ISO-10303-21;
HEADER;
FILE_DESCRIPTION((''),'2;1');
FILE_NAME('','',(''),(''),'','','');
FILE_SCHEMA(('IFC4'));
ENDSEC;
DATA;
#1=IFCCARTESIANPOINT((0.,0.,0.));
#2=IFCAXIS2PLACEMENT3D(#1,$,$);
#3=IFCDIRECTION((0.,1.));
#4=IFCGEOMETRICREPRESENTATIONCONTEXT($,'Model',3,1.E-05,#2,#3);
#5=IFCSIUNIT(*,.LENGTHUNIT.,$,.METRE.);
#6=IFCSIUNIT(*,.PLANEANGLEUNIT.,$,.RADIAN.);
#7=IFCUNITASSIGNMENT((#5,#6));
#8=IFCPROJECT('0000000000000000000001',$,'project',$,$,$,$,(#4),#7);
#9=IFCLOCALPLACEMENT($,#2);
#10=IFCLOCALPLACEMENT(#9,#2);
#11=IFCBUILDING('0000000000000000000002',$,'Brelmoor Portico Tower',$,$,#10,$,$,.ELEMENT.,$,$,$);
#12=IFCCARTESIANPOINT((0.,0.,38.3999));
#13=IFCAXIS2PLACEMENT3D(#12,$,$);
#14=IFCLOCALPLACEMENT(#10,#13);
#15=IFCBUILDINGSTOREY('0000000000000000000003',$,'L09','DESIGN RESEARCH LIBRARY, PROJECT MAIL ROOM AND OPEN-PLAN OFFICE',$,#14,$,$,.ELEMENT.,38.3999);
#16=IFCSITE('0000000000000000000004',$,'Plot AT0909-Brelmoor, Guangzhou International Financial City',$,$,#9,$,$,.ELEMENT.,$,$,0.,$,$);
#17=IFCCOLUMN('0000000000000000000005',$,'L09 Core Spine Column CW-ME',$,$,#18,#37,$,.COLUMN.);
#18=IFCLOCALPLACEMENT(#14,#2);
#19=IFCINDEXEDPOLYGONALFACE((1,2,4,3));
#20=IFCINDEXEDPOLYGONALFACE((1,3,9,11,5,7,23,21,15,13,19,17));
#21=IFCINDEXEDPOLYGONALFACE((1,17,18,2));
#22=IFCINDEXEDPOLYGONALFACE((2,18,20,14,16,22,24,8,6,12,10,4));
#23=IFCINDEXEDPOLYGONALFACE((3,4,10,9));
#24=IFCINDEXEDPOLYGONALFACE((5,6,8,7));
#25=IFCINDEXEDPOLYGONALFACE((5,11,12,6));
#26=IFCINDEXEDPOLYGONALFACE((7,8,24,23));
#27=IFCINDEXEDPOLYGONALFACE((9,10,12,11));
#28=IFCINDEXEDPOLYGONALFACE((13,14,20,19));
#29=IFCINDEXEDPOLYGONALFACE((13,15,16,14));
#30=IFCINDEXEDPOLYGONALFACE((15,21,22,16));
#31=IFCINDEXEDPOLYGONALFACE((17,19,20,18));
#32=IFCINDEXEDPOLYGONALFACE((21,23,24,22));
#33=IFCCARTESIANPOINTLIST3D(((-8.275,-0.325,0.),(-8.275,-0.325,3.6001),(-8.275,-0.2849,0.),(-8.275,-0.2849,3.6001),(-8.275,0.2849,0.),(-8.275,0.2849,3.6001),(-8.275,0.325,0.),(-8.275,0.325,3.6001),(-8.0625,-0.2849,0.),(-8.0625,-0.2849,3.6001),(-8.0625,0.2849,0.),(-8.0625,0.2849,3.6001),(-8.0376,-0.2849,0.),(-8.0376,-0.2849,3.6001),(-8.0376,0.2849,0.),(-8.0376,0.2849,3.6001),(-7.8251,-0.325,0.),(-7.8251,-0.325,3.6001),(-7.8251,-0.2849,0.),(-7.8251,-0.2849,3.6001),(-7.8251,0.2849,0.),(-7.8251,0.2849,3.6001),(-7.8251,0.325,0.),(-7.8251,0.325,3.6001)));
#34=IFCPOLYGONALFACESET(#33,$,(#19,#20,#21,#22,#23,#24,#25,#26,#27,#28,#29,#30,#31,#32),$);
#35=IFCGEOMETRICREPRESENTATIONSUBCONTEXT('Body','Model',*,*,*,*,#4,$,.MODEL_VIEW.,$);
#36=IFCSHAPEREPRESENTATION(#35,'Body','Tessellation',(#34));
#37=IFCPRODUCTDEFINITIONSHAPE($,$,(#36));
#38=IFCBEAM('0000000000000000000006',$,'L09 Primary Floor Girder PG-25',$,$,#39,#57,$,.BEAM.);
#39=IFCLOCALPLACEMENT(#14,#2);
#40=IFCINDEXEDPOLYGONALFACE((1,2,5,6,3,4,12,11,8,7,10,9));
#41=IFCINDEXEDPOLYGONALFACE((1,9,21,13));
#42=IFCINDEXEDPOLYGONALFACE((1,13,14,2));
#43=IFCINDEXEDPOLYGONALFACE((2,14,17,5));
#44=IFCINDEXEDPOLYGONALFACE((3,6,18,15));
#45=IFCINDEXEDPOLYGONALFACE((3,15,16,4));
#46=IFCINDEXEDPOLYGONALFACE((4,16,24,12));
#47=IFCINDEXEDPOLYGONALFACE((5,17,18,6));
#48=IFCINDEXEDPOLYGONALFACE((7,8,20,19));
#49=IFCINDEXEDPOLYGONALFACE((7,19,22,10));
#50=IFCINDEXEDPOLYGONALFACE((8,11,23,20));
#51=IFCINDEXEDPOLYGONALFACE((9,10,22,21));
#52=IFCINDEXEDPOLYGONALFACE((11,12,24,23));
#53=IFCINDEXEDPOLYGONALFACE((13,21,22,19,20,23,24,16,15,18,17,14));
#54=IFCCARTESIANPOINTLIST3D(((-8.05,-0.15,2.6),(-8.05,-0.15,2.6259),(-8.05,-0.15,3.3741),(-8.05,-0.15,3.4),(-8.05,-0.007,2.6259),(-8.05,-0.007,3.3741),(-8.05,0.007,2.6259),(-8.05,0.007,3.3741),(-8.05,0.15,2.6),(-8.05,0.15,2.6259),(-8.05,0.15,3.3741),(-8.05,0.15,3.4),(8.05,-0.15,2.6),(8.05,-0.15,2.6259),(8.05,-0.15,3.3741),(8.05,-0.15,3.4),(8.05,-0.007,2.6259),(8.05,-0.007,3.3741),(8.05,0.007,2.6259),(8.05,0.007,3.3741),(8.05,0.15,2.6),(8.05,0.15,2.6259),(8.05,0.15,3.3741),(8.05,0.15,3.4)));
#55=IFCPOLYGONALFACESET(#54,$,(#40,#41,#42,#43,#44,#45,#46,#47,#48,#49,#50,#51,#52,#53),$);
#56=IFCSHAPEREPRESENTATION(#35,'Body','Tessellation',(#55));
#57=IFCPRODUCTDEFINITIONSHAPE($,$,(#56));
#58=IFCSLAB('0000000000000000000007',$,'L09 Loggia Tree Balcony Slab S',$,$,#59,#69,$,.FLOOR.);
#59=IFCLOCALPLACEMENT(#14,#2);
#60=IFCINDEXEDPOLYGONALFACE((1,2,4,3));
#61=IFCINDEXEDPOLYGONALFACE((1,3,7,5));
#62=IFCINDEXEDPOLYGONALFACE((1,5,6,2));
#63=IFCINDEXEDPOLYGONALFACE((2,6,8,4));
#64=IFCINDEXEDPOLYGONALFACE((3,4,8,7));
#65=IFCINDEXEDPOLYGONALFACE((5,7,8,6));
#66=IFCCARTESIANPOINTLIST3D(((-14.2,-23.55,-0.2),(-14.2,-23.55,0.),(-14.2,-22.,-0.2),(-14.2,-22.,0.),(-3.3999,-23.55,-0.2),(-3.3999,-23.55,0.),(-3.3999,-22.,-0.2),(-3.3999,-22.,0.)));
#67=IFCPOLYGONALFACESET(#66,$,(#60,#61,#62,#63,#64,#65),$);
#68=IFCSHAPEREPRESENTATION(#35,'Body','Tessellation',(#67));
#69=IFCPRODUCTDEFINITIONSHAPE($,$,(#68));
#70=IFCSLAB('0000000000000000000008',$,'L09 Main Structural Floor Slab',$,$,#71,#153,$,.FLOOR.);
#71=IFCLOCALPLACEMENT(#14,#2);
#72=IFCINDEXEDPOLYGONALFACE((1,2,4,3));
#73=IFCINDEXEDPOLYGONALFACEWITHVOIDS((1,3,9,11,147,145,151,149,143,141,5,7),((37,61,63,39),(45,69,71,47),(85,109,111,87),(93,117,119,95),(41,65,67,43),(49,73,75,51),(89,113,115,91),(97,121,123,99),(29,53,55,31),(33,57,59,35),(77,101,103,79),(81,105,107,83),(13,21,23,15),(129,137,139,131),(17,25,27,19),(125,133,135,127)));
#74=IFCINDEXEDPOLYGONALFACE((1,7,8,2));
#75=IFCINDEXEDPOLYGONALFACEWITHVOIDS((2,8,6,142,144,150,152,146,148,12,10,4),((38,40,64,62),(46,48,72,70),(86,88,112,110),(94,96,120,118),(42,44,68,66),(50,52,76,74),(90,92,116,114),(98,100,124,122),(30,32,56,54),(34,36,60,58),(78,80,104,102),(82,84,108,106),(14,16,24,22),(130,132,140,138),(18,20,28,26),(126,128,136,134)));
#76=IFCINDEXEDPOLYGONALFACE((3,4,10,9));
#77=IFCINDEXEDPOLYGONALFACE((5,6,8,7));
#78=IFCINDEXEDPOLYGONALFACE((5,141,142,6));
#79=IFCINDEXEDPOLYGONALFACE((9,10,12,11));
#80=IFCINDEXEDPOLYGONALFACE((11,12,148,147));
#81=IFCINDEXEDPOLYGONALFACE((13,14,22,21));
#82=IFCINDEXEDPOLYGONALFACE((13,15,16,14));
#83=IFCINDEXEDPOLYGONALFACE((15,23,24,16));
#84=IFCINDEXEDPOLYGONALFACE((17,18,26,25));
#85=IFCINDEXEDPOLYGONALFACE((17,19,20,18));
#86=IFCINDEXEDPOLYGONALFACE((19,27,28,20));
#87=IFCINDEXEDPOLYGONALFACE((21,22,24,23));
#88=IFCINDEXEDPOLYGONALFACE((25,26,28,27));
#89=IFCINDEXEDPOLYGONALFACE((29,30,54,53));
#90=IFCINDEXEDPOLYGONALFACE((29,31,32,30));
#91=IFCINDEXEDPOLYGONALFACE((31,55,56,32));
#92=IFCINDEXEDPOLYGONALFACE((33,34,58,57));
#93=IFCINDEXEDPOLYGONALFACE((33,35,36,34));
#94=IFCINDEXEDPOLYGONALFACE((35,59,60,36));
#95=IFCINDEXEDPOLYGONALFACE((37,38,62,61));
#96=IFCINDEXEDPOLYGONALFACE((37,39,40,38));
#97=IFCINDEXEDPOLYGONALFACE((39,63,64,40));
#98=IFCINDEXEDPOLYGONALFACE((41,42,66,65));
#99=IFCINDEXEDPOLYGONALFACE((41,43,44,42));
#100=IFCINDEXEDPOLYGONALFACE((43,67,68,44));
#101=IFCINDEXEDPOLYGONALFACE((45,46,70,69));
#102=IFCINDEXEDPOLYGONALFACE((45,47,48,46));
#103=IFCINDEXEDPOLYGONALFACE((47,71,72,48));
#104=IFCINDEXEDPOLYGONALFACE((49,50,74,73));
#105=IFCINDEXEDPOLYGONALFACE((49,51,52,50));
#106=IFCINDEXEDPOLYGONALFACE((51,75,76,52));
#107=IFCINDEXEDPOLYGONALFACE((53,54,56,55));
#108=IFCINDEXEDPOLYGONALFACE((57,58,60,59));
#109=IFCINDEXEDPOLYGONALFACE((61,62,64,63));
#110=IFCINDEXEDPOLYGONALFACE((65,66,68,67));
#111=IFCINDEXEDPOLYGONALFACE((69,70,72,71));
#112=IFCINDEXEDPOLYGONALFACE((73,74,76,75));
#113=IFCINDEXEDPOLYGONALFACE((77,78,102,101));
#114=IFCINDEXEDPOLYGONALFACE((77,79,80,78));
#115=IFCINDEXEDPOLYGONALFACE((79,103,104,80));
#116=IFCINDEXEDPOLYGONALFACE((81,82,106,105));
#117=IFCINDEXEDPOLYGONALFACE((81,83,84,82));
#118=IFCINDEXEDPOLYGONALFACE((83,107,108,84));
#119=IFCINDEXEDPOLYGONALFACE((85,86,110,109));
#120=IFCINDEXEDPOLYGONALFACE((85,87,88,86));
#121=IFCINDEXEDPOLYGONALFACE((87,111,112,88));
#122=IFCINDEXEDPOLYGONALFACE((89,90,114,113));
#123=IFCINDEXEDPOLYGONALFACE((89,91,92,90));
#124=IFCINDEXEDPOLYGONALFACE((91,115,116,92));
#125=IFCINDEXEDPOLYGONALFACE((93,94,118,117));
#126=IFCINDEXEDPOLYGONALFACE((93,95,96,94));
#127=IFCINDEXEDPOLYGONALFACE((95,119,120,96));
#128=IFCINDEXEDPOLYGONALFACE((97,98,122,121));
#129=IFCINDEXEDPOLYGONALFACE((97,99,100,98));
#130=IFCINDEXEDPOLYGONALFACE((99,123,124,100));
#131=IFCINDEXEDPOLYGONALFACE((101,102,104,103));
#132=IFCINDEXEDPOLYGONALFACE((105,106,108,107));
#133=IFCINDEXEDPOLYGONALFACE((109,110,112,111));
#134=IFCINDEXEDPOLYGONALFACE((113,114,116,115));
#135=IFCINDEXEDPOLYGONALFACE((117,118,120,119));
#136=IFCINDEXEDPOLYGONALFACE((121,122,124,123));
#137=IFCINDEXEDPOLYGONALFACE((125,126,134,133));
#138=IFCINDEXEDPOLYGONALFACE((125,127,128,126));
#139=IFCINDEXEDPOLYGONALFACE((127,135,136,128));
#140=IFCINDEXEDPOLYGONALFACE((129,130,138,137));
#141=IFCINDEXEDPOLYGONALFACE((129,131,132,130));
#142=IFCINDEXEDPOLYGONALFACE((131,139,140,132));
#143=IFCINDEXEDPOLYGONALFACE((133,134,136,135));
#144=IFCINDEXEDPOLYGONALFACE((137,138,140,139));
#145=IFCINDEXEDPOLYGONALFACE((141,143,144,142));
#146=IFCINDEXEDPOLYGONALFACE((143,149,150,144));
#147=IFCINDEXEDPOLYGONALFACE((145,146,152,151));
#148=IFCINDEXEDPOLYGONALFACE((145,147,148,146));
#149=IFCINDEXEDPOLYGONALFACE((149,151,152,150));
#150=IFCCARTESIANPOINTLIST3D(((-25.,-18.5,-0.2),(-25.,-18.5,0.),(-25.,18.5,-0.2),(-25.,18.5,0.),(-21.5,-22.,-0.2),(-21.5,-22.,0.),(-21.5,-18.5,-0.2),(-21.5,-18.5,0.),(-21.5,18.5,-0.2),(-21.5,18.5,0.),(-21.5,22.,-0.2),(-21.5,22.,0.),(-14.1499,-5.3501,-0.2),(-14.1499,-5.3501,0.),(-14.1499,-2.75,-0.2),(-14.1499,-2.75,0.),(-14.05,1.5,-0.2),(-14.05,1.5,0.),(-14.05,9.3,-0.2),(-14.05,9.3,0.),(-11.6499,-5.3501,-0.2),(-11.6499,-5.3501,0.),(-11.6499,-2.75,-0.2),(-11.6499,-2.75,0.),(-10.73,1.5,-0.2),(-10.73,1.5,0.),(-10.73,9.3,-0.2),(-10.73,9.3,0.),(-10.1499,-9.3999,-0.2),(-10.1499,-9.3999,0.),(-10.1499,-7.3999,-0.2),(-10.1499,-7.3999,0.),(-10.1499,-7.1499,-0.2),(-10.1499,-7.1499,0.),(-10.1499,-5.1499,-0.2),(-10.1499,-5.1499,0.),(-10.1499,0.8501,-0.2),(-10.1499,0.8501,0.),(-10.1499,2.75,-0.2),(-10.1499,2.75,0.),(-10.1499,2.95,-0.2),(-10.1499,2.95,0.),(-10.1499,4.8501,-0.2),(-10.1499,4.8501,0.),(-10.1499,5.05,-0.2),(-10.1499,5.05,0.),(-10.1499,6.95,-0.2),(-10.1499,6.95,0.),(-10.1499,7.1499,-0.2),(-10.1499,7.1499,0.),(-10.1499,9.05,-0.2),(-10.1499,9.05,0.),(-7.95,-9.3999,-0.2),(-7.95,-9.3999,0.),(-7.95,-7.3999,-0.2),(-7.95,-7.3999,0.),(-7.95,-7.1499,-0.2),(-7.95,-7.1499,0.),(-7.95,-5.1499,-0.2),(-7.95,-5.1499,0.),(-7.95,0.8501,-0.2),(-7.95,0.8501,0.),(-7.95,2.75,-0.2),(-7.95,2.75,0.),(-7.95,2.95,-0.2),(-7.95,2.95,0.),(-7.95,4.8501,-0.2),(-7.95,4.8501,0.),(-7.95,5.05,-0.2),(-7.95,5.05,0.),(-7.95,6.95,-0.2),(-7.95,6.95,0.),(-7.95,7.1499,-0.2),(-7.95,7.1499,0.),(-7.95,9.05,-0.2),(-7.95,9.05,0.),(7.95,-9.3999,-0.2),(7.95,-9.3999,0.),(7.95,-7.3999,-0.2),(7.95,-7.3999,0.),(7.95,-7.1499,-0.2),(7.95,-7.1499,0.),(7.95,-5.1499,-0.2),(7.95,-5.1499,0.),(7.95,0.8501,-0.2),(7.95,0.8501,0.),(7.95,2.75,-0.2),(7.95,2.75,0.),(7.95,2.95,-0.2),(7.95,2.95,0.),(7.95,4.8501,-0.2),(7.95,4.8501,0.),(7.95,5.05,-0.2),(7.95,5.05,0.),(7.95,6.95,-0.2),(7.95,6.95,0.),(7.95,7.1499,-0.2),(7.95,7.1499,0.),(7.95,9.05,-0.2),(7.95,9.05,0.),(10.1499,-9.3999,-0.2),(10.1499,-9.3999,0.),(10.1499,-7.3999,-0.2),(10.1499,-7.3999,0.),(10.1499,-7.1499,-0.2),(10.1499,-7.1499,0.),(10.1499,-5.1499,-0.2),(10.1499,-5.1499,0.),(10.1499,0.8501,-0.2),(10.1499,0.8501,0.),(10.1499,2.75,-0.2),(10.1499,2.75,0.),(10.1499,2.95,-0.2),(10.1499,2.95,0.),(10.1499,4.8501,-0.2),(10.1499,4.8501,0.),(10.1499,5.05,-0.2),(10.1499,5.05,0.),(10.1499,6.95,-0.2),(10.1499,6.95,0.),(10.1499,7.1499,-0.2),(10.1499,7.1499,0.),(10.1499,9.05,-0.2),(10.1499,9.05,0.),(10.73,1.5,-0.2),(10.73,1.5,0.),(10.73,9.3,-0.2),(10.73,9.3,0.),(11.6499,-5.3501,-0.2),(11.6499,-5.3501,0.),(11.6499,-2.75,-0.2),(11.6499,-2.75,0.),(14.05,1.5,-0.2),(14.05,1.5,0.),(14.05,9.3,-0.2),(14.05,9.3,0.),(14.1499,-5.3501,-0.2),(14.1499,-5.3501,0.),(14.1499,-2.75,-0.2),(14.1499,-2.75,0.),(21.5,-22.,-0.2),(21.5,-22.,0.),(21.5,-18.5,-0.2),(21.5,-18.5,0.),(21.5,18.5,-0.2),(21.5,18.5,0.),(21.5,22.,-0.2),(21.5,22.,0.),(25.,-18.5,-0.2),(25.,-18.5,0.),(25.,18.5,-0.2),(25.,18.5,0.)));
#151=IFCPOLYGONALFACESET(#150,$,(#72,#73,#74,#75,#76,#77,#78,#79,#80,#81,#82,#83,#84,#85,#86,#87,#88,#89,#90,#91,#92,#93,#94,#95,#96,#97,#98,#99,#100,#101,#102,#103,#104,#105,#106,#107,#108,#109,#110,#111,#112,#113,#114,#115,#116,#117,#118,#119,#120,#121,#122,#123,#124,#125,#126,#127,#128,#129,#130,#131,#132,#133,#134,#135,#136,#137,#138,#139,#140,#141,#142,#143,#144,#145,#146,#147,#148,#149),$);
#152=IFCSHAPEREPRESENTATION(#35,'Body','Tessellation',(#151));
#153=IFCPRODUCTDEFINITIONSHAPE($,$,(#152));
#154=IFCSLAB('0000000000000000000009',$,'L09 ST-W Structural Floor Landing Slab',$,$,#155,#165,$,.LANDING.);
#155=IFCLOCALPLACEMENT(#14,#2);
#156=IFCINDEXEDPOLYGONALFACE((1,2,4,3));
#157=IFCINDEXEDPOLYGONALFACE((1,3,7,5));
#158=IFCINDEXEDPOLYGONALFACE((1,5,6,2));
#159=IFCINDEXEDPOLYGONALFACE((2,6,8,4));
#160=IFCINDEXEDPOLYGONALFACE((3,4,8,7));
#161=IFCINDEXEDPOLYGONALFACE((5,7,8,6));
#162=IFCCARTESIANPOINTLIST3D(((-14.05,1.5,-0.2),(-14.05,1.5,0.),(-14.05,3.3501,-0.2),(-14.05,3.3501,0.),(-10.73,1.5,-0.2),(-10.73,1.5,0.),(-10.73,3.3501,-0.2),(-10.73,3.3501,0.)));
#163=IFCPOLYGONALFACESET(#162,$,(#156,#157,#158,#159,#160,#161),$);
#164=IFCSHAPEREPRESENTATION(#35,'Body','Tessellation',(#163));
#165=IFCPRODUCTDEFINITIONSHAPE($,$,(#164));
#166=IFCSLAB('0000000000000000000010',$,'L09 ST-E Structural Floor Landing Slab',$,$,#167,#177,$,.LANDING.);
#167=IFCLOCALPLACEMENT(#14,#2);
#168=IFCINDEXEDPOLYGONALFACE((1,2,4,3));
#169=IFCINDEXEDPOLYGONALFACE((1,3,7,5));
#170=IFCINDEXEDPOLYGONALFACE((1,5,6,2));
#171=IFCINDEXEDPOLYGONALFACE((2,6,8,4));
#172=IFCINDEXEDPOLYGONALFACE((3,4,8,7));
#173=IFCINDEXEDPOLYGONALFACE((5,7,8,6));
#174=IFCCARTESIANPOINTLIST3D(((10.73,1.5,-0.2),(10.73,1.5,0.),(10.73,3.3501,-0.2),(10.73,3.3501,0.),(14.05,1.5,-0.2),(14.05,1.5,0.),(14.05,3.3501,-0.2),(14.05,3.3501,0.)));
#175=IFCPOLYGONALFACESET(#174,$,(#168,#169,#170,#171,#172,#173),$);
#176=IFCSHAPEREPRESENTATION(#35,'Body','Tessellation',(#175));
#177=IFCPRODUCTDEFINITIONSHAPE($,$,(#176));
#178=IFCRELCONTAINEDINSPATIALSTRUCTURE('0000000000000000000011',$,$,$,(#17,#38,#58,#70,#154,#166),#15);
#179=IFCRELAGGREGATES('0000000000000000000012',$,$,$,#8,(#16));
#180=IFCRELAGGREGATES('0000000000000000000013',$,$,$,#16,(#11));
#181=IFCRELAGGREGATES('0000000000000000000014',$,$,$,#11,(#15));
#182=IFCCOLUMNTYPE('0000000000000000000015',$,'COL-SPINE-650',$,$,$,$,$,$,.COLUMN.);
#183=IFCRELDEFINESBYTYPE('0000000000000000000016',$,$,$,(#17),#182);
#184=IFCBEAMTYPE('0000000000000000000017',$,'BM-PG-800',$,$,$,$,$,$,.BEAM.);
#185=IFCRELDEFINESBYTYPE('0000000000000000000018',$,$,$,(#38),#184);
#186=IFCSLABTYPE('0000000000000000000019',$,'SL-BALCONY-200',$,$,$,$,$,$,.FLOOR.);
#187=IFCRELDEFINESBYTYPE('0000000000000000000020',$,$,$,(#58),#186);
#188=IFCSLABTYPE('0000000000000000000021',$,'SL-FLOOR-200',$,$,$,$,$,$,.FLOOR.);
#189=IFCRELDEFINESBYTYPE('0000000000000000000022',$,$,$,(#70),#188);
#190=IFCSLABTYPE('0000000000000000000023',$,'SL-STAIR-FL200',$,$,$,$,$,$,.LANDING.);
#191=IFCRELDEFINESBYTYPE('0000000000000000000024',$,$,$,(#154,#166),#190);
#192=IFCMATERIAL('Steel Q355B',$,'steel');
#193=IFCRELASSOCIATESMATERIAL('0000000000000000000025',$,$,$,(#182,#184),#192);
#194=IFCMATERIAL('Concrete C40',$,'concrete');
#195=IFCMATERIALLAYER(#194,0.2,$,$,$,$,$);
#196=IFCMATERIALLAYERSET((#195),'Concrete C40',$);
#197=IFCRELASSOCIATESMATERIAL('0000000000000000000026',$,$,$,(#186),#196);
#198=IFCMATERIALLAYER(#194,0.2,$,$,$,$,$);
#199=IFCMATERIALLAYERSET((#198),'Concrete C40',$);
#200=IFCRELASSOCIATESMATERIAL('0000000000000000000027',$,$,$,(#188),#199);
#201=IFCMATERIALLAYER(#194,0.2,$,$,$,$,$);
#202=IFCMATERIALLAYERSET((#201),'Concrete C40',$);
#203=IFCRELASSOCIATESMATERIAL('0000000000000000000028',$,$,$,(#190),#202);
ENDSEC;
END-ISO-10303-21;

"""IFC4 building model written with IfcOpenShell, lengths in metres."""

from ifc_helpers import new_model, si_unit, direction, frame, origin, origin_2d, place, context, subcontext, project, spatial, polyline, i_section, outline, extrude, material, layer, layer_set, material_profile, profile_set, type_object, element, save


model = new_model("IFC4")

# Units and contexts
model_context = context("Model", 3, precision=1e-05, world=origin(), true_north=direction((0.0, 1.0)))
body_context = subcontext(model_context, "Body", "Model", "MODEL_VIEW")
ifc_project = project(units=[si_unit("LENGTHUNIT", "METRE"), si_unit("PLANEANGLEUNIT", "RADIAN")], contexts=[model_context])

# Site, building, storey
site_placement = place(None, origin())
site = spatial("IfcSite", under=ifc_project, at=site_placement, Name="Plot AT0909-Brelmoor, Guangzhou International Financial City", CompositionType="ELEMENT", RefElevation=0.0)
building_placement = place(site_placement, origin())
building = spatial("IfcBuilding", under=site, at=building_placement, Name="Brelmoor Portico Tower", CompositionType="ELEMENT")
storey_placement = place(building_placement, frame((0.0, 0.0, 38.3999)))
storey = spatial("IfcBuildingStorey", under=building, at=storey_placement, Name="L09", Description="DESIGN RESEARCH LIBRARY, PROJECT MAIL ROOM AND OPEN-PLAN OFFICE", CompositionType="ELEMENT", Elevation=38.3999)

# Column
ifc_material_1 = material(Name="Steel Q355B", Category="steel")
ifc_material_profile_1 = material_profile(ifc_material_1, i_section(OverallWidth=0.45, OverallDepth=0.6499, WebThickness=0.0249, FlangeThickness=0.04, at=origin_2d()), Name="HW 650x450x25x40")
ifc_profile_set_1 = profile_set([ifc_material_profile_1], Name="Steel Q355B")
column_type = type_object("IfcColumnType", Name="COL-SPINE-650", PredefinedType="COLUMN", material=ifc_profile_set_1)
column_placement = place(storey_placement, frame((-8.05, 0.0, 0.0), z_axis=(0.0, 0.0, 1.0), x_axis=(1.0, 0.0, 0.0)))
element("IfcColumn", 1, at=column_placement, inside=storey, type_object=column_type, Name="L09 Core Spine Column CW-ME", PredefinedType="COLUMN", context=body_context, shape_type="SweptSolid", body=[
    extrude(i_section(OverallWidth=0.45, OverallDepth=0.6499, WebThickness=0.0249, FlangeThickness=0.04, at=origin_2d()), origin(), (0.0, 0.0, 1.0), 3.6001),
])

# Beam
ifc_material_profile_2 = material_profile(ifc_material_1, i_section(OverallWidth=0.3, OverallDepth=0.8, WebThickness=0.0139, FlangeThickness=0.0259, at=origin_2d()), Name="HN 800x300x14x26")
ifc_profile_set_2 = profile_set([ifc_material_profile_2], Name="Steel Q355B")
beam_type = type_object("IfcBeamType", Name="BM-PG-800", PredefinedType="BEAM", material=ifc_profile_set_2)
beam_placement = place(storey_placement, frame((-8.05, 0.0, 3.0), z_axis=(1.0, 0.0, 0.0), x_axis=(0.0, 1.0, 0.0)))
element("IfcBeam", 2, at=beam_placement, inside=storey, type_object=beam_type, Name="L09 Primary Floor Girder PG-25", PredefinedType="BEAM", context=body_context, shape_type="SweptSolid", body=[
    extrude(i_section(OverallWidth=0.3, OverallDepth=0.8, WebThickness=0.0139, FlangeThickness=0.0259, at=origin_2d()), origin(), (0.0, 0.0, 1.0), 16.1001),
])

# Slabs
ifc_material_2 = material(Name="Concrete C40", Category="concrete")
ifc_layer_1 = layer(ifc_material_2, 0.2)
ifc_layer_set_1 = layer_set([ifc_layer_1], Name="Concrete C40")
slab_type_1 = type_object("IfcSlabType", Name="SL-BALCONY-200", PredefinedType="FLOOR", material=ifc_layer_set_1)
slab_1_placement = place(storey_placement, frame((0.0, 0.0, -0.2)))
element("IfcSlab", 3, at=slab_1_placement, inside=storey, type_object=slab_type_1, Name="L09 Loggia Tree Balcony Slab S", PredefinedType="FLOOR", context=body_context, shape_type="SweptSolid", body=[
    extrude(outline(polyline([(-14.2, -23.55), (-3.3999, -23.55), (-3.3999, -22.0), (-14.2, -22.0), (-14.2, -23.55)])), origin(), (0.0, 0.0, 1.0), 0.2),
])
ifc_layer_2 = layer(ifc_material_2, 0.2)
ifc_layer_set_2 = layer_set([ifc_layer_2], Name="Concrete C40")
slab_type_2 = type_object("IfcSlabType", Name="SL-FLOOR-200", PredefinedType="FLOOR", material=ifc_layer_set_2)
slab_2_placement = place(storey_placement, frame((0.0, 0.0, -0.2)))
element("IfcSlab", 4, at=slab_2_placement, inside=storey, type_object=slab_type_2, Name="L09 Main Structural Floor Slab", PredefinedType="FLOOR", context=body_context, shape_type="SweptSolid", body=[
    extrude(outline(polyline([(-21.5, -22.0), (21.5, -22.0), (21.5, -18.5), (25.0, -18.5), (25.0, 18.5), (21.5, 18.5), (21.5, 22.0), (-21.5, 22.0), (-21.5, 18.5), (-25.0, 18.5), (-25.0, -18.5), (-21.5, -18.5), (-21.5, -22.0)]), holes=[polyline([(-10.73, 1.5), (-10.73, 9.3), (-14.05, 9.3), (-14.05, 1.5), (-10.73, 1.5)]), polyline([(14.05, 1.5), (14.05, 9.3), (10.73, 9.3), (10.73, 1.5), (14.05, 1.5)]), polyline([(-10.1499, 0.8501), (-7.95, 0.8501), (-7.95, 2.75), (-10.1499, 2.75), (-10.1499, 0.8501)]), polyline([(-10.1499, 2.95), (-7.95, 2.95), (-7.95, 4.8501), (-10.1499, 4.8501), (-10.1499, 2.95)]), polyline([(-10.1499, 5.05), (-7.95, 5.05), (-7.95, 6.95), (-10.1499, 6.95), (-10.1499, 5.05)]), polyline([(-10.1499, 7.1499), (-7.95, 7.1499), (-7.95, 9.05), (-10.1499, 9.05), (-10.1499, 7.1499)]), polyline([(7.95, 0.8501), (10.1499, 0.8501), (10.1499, 2.75), (7.95, 2.75), (7.95, 0.8501)]), polyline([(7.95, 2.95), (10.1499, 2.95), (10.1499, 4.8501), (7.95, 4.8501), (7.95, 2.95)]), polyline([(7.95, 5.05), (10.1499, 5.05), (10.1499, 6.95), (7.95, 6.95), (7.95, 5.05)]), polyline([(7.95, 7.1499), (10.1499, 7.1499), (10.1499, 9.05), (7.95, 9.05), (7.95, 7.1499)]), polyline([(-10.1499, -9.3999), (-7.95, -9.3999), (-7.95, -7.3999), (-10.1499, -7.3999), (-10.1499, -9.3999)]), polyline([(-10.1499, -7.1499), (-7.95, -7.1499), (-7.95, -5.1499), (-10.1499, -5.1499), (-10.1499, -7.1499)]), polyline([(7.95, -9.3999), (10.1499, -9.3999), (10.1499, -7.3999), (7.95, -7.3999), (7.95, -9.3999)]), polyline([(7.95, -7.1499), (10.1499, -7.1499), (10.1499, -5.1499), (7.95, -5.1499), (7.95, -7.1499)]), polyline([(-14.1499, -5.3501), (-11.6499, -5.3501), (-11.6499, -2.75), (-14.1499, -2.75), (-14.1499, -5.3501)]), polyline([(11.6499, -5.3501), (14.1499, -5.3501), (14.1499, -2.75), (11.6499, -2.75), (11.6499, -5.3501)])]), origin(), (0.0, 0.0, 1.0), 0.2),
])
ifc_layer_3 = layer(ifc_material_2, 0.2)
ifc_layer_set_3 = layer_set([ifc_layer_3], Name="Concrete C40")
slab_type_3 = type_object("IfcSlabType", Name="SL-STAIR-FL200", PredefinedType="LANDING", material=ifc_layer_set_3)
slab_3_placement = place(storey_placement, frame((0.0, 0.0, -0.2)))
element("IfcSlab", 5, at=slab_3_placement, inside=storey, type_object=slab_type_3, Name="L09 ST-W Structural Floor Landing Slab", PredefinedType="LANDING", context=body_context, shape_type="SweptSolid", body=[
    extrude(outline(polyline([(-10.73, 1.5), (-10.73, 3.3501), (-14.05, 3.3501), (-14.05, 1.5), (-10.73, 1.5)])), origin(), (0.0, 0.0, 1.0), 0.2),
])
slab_4_placement = place(storey_placement, frame((0.0, 0.0, -0.2)))
element("IfcSlab", 6, at=slab_4_placement, inside=storey, type_object=slab_type_3, Name="L09 ST-E Structural Floor Landing Slab", PredefinedType="LANDING", context=body_context, shape_type="SweptSolid", body=[
    extrude(outline(polyline([(14.05, 1.5), (14.05, 3.3501), (10.73, 3.3501), (10.73, 1.5), (14.05, 1.5)])), origin(), (0.0, 0.0, 1.0), 0.2),
])

save(model, "model.ifc")
